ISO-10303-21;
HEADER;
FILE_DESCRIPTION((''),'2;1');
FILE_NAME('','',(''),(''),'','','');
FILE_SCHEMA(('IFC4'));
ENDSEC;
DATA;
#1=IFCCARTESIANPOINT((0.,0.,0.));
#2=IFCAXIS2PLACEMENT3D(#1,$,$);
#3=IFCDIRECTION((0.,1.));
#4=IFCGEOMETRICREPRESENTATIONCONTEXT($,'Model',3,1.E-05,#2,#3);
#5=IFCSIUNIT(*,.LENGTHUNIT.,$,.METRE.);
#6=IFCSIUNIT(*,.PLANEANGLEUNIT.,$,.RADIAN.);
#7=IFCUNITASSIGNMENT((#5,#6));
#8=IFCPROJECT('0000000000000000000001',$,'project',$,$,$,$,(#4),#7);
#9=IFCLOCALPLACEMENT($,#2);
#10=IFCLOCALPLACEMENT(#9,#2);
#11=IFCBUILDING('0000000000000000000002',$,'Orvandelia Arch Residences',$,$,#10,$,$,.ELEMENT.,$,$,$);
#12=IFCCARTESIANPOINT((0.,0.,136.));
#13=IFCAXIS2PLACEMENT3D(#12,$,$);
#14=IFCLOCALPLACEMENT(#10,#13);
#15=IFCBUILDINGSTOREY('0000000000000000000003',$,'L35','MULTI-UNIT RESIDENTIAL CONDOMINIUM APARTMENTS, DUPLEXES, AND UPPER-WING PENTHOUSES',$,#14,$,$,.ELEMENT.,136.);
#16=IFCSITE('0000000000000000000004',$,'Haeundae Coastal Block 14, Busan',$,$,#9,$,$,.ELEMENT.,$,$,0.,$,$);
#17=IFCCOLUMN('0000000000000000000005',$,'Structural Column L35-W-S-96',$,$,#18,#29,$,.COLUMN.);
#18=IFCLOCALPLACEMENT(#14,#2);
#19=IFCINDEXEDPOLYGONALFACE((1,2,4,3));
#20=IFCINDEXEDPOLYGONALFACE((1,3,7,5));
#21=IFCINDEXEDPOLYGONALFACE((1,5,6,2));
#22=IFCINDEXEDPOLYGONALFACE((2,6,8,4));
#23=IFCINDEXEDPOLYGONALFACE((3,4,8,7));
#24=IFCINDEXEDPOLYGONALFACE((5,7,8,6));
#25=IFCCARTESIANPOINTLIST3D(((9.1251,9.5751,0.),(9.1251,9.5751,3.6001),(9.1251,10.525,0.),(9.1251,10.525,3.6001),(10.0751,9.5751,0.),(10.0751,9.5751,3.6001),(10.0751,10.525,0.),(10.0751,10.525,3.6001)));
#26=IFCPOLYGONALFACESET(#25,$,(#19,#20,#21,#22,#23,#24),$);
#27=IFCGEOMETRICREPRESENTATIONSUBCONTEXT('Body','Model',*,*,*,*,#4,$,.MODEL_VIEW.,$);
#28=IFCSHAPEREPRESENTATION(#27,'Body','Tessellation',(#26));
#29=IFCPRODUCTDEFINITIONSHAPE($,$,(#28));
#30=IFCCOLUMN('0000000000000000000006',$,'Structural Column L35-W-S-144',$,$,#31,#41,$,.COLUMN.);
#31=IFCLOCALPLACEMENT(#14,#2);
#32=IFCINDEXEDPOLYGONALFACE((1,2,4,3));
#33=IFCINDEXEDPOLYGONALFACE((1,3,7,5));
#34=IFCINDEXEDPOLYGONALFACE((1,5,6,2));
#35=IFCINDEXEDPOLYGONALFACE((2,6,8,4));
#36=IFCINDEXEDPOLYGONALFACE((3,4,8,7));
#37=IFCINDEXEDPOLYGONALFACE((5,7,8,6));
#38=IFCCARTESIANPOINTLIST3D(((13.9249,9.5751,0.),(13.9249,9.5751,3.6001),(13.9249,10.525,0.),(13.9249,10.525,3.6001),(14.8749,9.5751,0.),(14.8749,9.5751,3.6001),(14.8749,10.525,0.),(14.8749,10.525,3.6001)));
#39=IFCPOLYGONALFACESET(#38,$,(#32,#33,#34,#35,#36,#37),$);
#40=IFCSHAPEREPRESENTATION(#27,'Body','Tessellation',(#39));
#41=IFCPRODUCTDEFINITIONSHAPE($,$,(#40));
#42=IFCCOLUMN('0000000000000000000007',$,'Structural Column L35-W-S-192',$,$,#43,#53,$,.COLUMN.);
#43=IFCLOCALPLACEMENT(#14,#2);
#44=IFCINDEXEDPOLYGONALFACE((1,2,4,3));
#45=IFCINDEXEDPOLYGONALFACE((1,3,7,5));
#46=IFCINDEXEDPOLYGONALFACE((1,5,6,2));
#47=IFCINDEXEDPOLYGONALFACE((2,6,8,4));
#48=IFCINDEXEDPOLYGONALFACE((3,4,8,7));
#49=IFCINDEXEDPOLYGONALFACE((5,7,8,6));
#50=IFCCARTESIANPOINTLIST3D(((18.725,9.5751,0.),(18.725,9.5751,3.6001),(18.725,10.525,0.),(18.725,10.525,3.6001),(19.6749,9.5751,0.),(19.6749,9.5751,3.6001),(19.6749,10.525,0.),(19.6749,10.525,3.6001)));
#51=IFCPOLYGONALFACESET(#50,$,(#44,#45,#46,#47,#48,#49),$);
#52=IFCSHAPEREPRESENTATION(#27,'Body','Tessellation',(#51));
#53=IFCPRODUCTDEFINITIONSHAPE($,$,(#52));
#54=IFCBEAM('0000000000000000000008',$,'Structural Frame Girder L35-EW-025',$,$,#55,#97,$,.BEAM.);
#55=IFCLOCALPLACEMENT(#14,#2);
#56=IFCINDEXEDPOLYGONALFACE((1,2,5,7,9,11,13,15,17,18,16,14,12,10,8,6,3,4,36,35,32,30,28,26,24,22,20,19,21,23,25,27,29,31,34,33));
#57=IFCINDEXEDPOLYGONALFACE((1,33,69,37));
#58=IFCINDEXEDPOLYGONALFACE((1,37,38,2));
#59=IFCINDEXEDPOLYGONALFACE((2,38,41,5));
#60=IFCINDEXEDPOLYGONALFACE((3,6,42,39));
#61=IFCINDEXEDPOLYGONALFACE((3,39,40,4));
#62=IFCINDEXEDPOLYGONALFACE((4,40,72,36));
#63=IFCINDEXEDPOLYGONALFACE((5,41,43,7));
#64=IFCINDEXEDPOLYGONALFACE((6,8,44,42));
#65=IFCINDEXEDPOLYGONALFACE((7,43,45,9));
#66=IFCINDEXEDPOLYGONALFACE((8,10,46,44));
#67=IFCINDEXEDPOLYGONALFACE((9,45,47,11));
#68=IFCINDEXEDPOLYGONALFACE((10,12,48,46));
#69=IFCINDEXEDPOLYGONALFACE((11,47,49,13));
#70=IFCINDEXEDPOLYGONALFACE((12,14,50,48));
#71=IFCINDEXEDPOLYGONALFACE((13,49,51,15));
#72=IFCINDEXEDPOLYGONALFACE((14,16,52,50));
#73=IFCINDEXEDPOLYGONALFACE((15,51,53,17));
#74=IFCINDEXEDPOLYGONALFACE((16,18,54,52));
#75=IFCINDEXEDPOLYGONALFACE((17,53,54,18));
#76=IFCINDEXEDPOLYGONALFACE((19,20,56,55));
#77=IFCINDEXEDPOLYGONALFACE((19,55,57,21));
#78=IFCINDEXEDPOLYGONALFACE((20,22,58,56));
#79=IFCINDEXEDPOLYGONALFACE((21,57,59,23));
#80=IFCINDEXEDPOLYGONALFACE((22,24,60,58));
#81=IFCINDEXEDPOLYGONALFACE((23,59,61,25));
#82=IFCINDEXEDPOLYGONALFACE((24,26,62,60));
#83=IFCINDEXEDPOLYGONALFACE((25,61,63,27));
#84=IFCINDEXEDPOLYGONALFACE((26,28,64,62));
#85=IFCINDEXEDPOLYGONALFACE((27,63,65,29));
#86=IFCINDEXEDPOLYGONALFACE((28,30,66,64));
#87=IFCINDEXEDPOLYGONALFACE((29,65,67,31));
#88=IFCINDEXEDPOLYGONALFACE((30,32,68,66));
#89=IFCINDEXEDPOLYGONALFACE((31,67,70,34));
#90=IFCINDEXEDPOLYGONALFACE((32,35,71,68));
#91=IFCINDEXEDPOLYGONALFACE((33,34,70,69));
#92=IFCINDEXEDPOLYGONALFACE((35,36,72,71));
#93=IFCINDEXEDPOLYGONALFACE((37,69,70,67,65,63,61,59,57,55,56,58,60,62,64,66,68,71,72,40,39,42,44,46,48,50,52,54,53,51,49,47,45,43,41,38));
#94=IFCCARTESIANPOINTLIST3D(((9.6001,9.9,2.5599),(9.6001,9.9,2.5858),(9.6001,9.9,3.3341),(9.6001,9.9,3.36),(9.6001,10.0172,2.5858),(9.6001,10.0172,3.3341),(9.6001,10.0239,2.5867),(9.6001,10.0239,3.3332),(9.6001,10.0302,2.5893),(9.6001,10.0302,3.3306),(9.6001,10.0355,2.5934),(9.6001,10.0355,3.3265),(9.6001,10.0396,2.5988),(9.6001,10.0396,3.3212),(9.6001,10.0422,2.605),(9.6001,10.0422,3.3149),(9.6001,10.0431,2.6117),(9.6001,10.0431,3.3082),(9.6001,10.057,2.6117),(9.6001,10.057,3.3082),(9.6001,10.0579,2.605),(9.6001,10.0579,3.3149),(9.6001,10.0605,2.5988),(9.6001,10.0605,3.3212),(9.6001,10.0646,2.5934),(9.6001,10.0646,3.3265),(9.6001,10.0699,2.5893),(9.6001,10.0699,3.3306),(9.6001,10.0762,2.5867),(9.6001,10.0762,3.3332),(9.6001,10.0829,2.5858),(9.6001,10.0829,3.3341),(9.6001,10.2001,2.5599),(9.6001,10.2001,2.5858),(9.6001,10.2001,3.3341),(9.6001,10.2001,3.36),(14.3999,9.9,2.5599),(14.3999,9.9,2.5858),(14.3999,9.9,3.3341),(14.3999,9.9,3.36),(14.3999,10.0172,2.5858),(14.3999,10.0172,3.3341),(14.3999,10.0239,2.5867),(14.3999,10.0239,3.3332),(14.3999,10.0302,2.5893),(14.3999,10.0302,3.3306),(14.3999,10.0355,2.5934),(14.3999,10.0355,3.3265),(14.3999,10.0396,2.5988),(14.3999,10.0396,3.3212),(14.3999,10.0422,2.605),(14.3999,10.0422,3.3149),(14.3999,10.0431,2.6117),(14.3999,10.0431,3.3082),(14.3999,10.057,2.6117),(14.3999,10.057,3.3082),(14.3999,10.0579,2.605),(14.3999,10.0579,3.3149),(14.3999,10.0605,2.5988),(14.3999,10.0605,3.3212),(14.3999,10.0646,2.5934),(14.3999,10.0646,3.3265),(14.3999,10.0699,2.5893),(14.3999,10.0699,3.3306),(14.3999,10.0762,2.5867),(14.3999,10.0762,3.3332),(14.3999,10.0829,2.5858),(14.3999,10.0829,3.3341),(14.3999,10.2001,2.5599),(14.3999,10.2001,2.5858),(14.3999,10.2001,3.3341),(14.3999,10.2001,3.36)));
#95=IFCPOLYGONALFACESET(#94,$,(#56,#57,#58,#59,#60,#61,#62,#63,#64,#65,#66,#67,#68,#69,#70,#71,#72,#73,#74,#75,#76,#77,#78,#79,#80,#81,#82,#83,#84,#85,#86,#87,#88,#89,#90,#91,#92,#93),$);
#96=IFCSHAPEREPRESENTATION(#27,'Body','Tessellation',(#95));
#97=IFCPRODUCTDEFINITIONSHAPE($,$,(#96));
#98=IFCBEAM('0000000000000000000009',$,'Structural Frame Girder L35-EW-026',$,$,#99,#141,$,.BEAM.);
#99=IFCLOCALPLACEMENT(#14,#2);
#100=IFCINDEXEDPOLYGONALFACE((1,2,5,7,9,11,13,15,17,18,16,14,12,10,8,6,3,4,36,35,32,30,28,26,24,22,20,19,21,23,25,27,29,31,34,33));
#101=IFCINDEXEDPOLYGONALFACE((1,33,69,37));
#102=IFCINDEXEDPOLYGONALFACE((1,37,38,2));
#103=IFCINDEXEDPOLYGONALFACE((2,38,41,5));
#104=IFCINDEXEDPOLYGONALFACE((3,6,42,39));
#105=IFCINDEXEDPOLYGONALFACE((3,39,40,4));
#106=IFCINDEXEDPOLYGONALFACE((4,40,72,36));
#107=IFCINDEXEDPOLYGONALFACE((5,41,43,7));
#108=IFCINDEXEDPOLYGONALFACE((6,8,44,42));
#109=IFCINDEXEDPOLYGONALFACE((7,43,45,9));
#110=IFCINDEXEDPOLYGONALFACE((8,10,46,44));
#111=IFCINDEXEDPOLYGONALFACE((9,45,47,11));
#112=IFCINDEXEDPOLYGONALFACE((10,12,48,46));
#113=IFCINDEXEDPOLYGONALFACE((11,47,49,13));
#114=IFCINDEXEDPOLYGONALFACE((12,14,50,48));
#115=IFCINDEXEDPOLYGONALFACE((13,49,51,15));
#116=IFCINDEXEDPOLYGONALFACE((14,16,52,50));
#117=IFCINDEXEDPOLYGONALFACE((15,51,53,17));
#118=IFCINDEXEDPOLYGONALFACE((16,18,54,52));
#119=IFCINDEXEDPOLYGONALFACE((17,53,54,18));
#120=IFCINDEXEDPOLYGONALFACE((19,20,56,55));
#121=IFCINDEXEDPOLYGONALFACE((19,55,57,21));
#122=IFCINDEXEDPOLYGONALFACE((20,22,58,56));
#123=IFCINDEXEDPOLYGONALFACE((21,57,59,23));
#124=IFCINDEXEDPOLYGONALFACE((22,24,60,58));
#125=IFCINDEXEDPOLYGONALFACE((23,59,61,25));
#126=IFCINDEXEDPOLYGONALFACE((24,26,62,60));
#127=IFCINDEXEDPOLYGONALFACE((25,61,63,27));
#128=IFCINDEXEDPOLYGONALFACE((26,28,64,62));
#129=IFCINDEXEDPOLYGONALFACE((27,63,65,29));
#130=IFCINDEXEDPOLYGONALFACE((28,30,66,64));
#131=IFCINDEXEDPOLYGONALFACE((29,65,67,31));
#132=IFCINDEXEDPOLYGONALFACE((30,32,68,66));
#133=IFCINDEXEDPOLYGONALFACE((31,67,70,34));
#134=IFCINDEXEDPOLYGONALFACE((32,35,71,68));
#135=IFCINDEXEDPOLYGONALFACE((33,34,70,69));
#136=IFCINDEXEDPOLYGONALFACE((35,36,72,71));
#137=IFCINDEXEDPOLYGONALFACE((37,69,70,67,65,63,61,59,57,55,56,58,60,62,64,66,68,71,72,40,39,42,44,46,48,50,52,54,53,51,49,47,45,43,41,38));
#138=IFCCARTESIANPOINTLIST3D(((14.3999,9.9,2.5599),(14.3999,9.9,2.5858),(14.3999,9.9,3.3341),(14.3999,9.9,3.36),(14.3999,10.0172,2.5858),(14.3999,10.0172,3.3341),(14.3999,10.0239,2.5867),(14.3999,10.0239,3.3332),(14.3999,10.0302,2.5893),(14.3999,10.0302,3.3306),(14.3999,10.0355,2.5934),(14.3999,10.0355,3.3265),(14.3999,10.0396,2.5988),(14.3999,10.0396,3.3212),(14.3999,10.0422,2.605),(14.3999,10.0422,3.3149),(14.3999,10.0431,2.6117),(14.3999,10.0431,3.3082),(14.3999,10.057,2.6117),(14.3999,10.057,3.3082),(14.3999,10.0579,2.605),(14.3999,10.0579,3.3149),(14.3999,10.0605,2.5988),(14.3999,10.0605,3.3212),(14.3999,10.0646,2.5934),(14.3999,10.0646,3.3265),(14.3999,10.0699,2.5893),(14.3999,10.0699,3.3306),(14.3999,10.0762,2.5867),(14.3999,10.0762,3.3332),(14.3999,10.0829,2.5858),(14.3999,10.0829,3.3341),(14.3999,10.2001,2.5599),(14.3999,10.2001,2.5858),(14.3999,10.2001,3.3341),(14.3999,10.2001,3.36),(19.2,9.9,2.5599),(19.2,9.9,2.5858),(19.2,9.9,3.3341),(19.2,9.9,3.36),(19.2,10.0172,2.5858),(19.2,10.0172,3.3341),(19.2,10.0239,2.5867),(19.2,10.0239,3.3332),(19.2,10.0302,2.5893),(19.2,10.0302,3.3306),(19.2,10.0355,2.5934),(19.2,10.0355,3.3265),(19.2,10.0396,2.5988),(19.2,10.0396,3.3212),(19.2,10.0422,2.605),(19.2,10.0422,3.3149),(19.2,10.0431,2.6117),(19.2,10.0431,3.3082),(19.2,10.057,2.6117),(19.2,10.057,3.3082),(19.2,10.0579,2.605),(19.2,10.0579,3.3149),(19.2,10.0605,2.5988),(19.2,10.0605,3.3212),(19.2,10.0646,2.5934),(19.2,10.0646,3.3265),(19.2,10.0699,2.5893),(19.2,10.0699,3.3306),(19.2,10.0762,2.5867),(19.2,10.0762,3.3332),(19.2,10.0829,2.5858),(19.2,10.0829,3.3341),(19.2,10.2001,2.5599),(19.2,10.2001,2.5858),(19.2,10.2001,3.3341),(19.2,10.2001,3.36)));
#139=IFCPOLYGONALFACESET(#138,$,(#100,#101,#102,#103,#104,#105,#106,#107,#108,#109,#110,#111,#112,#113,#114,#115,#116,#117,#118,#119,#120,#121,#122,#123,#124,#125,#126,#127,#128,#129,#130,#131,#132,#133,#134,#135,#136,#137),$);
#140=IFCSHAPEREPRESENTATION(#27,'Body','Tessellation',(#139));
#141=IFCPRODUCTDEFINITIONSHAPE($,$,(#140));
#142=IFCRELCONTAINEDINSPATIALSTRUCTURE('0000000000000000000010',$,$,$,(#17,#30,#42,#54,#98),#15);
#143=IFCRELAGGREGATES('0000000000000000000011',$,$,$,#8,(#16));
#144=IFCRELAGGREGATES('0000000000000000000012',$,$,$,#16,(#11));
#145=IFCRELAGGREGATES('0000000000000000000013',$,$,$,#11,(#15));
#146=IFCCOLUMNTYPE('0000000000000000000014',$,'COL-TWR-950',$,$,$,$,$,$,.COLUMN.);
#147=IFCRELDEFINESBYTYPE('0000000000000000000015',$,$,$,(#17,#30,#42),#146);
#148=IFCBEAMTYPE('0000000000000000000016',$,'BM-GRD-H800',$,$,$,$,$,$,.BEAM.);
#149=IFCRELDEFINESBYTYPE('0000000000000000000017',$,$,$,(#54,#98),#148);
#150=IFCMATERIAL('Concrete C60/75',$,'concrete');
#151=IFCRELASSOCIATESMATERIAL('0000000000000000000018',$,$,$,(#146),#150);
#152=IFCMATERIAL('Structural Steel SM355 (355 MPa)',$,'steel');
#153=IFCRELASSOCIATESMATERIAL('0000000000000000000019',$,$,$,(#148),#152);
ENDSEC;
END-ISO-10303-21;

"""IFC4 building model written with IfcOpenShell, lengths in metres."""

from ifc_helpers import new_model, si_unit, direction, frame, origin, origin_2d, place, context, subcontext, project, spatial, rectangle, i_section, extrude, material, material_profile, profile_set, type_object, element, save


model = new_model("IFC4")

# Units and contexts
model_context = context("Model", 3, precision=1e-05, world=origin(), true_north=direction((0.0, 1.0)))
body_context = subcontext(model_context, "Body", "Model", "MODEL_VIEW")
ifc_project = project(units=[si_unit("LENGTHUNIT", "METRE"), si_unit("PLANEANGLEUNIT", "RADIAN")], contexts=[model_context])

# Site, building, storey
site_placement = place(None, origin())
site = spatial("IfcSite", under=ifc_project, at=site_placement, Name="Haeundae Coastal Block 14, Busan", CompositionType="ELEMENT", RefElevation=0.0)
building_placement = place(site_placement, origin())
building = spatial("IfcBuilding", under=site, at=building_placement, Name="Orvandelia Arch Residences", CompositionType="ELEMENT")
storey_placement = place(building_placement, frame((0.0, 0.0, 136.0)))
storey = spatial("IfcBuildingStorey", under=building, at=storey_placement, Name="L35", Description="MULTI-UNIT RESIDENTIAL CONDOMINIUM APARTMENTS, DUPLEXES, AND UPPER-WING PENTHOUSES", CompositionType="ELEMENT", Elevation=136.0)

# Columns
ifc_material_1 = material(Name="Concrete C60/75", Category="concrete")
ifc_material_profile_1 = material_profile(ifc_material_1, rectangle(XDim=0.95, YDim=0.95, at=origin_2d()), Name="Concrete C60/75", Category="concrete")
ifc_profile_set_1 = profile_set([ifc_material_profile_1], Name="Concrete C60/75")
column_type = type_object("IfcColumnType", Name="COL-TWR-950", PredefinedType="COLUMN", material=ifc_profile_set_1)
for number, where, z_axis, x_axis, name in (
    (1, (9.6001, 10.05, 0.0), (0.0, 0.0, 1.0), (1.0, 0.0, 0.0), "Structural Column L35-W-S-96"),
    (2, (14.3999, 10.05, 0.0), (0.0, 0.0, 1.0), (1.0, 0.0, 0.0), "Structural Column L35-W-S-144"),
    (3, (19.2, 10.05, 0.0), (0.0, 0.0, 1.0), (1.0, 0.0, 0.0), "Structural Column L35-W-S-192"),
):
    element("IfcColumn", number, at=place(storey_placement, frame(where, z_axis=z_axis, x_axis=x_axis)), inside=storey, type_object=column_type, Name=name, PredefinedType="COLUMN", context=body_context, shape_type="SweptSolid", body=[
        extrude(rectangle(XDim=0.95, YDim=0.95, at=origin_2d()), origin(), (0.0, 0.0, 1.0), 3.6001),
    ])

# Beams
ifc_material_2 = material(Name="Structural Steel SM355 (355 MPa)", Category="steel")
ifc_material_profile_2 = material_profile(ifc_material_2, i_section(OverallWidth=0.3, OverallDepth=0.8, WebThickness=0.0139, FlangeThickness=0.0259, FilletRadius=0.0259, at=origin_2d()), Name="Structural Steel SM355 (355 MPa)", Category="steel")
ifc_profile_set_2 = profile_set([ifc_material_profile_2], Name="Structural Steel SM355 (355 MPa)")
beam_type = type_object("IfcBeamType", Name="BM-GRD-H800", PredefinedType="BEAM", material=ifc_profile_set_2)
beam_1_placement = place(storey_placement, frame((9.6001, 10.05, 2.96), z_axis=(1.0, 0.0, 0.0), x_axis=(0.0, 1.0, 0.0)))
element("IfcBeam", 4, at=beam_1_placement, inside=storey, type_object=beam_type, Name="Structural Frame Girder L35-EW-025", PredefinedType="BEAM", context=body_context, shape_type="SweptSolid", body=[
    extrude(i_section(OverallWidth=0.3, OverallDepth=0.8, WebThickness=0.0139, FlangeThickness=0.0259, FilletRadius=0.0259, at=origin_2d()), origin(), (0.0, 0.0, 1.0), 4.7998),
])
beam_2_placement = place(storey_placement, frame((14.3999, 10.05, 2.96), z_axis=(1.0, 0.0, 0.0), x_axis=(0.0, 1.0, 0.0)))
element("IfcBeam", 5, at=beam_2_placement, inside=storey, type_object=beam_type, Name="Structural Frame Girder L35-EW-026", PredefinedType="BEAM", context=body_context, shape_type="SweptSolid", body=[
    extrude(i_section(OverallWidth=0.3, OverallDepth=0.8, WebThickness=0.0139, FlangeThickness=0.0259, FilletRadius=0.0259, at=origin_2d()), origin(), (0.0, 0.0, 1.0), 4.8),
])

save(model, "model.ifc")
